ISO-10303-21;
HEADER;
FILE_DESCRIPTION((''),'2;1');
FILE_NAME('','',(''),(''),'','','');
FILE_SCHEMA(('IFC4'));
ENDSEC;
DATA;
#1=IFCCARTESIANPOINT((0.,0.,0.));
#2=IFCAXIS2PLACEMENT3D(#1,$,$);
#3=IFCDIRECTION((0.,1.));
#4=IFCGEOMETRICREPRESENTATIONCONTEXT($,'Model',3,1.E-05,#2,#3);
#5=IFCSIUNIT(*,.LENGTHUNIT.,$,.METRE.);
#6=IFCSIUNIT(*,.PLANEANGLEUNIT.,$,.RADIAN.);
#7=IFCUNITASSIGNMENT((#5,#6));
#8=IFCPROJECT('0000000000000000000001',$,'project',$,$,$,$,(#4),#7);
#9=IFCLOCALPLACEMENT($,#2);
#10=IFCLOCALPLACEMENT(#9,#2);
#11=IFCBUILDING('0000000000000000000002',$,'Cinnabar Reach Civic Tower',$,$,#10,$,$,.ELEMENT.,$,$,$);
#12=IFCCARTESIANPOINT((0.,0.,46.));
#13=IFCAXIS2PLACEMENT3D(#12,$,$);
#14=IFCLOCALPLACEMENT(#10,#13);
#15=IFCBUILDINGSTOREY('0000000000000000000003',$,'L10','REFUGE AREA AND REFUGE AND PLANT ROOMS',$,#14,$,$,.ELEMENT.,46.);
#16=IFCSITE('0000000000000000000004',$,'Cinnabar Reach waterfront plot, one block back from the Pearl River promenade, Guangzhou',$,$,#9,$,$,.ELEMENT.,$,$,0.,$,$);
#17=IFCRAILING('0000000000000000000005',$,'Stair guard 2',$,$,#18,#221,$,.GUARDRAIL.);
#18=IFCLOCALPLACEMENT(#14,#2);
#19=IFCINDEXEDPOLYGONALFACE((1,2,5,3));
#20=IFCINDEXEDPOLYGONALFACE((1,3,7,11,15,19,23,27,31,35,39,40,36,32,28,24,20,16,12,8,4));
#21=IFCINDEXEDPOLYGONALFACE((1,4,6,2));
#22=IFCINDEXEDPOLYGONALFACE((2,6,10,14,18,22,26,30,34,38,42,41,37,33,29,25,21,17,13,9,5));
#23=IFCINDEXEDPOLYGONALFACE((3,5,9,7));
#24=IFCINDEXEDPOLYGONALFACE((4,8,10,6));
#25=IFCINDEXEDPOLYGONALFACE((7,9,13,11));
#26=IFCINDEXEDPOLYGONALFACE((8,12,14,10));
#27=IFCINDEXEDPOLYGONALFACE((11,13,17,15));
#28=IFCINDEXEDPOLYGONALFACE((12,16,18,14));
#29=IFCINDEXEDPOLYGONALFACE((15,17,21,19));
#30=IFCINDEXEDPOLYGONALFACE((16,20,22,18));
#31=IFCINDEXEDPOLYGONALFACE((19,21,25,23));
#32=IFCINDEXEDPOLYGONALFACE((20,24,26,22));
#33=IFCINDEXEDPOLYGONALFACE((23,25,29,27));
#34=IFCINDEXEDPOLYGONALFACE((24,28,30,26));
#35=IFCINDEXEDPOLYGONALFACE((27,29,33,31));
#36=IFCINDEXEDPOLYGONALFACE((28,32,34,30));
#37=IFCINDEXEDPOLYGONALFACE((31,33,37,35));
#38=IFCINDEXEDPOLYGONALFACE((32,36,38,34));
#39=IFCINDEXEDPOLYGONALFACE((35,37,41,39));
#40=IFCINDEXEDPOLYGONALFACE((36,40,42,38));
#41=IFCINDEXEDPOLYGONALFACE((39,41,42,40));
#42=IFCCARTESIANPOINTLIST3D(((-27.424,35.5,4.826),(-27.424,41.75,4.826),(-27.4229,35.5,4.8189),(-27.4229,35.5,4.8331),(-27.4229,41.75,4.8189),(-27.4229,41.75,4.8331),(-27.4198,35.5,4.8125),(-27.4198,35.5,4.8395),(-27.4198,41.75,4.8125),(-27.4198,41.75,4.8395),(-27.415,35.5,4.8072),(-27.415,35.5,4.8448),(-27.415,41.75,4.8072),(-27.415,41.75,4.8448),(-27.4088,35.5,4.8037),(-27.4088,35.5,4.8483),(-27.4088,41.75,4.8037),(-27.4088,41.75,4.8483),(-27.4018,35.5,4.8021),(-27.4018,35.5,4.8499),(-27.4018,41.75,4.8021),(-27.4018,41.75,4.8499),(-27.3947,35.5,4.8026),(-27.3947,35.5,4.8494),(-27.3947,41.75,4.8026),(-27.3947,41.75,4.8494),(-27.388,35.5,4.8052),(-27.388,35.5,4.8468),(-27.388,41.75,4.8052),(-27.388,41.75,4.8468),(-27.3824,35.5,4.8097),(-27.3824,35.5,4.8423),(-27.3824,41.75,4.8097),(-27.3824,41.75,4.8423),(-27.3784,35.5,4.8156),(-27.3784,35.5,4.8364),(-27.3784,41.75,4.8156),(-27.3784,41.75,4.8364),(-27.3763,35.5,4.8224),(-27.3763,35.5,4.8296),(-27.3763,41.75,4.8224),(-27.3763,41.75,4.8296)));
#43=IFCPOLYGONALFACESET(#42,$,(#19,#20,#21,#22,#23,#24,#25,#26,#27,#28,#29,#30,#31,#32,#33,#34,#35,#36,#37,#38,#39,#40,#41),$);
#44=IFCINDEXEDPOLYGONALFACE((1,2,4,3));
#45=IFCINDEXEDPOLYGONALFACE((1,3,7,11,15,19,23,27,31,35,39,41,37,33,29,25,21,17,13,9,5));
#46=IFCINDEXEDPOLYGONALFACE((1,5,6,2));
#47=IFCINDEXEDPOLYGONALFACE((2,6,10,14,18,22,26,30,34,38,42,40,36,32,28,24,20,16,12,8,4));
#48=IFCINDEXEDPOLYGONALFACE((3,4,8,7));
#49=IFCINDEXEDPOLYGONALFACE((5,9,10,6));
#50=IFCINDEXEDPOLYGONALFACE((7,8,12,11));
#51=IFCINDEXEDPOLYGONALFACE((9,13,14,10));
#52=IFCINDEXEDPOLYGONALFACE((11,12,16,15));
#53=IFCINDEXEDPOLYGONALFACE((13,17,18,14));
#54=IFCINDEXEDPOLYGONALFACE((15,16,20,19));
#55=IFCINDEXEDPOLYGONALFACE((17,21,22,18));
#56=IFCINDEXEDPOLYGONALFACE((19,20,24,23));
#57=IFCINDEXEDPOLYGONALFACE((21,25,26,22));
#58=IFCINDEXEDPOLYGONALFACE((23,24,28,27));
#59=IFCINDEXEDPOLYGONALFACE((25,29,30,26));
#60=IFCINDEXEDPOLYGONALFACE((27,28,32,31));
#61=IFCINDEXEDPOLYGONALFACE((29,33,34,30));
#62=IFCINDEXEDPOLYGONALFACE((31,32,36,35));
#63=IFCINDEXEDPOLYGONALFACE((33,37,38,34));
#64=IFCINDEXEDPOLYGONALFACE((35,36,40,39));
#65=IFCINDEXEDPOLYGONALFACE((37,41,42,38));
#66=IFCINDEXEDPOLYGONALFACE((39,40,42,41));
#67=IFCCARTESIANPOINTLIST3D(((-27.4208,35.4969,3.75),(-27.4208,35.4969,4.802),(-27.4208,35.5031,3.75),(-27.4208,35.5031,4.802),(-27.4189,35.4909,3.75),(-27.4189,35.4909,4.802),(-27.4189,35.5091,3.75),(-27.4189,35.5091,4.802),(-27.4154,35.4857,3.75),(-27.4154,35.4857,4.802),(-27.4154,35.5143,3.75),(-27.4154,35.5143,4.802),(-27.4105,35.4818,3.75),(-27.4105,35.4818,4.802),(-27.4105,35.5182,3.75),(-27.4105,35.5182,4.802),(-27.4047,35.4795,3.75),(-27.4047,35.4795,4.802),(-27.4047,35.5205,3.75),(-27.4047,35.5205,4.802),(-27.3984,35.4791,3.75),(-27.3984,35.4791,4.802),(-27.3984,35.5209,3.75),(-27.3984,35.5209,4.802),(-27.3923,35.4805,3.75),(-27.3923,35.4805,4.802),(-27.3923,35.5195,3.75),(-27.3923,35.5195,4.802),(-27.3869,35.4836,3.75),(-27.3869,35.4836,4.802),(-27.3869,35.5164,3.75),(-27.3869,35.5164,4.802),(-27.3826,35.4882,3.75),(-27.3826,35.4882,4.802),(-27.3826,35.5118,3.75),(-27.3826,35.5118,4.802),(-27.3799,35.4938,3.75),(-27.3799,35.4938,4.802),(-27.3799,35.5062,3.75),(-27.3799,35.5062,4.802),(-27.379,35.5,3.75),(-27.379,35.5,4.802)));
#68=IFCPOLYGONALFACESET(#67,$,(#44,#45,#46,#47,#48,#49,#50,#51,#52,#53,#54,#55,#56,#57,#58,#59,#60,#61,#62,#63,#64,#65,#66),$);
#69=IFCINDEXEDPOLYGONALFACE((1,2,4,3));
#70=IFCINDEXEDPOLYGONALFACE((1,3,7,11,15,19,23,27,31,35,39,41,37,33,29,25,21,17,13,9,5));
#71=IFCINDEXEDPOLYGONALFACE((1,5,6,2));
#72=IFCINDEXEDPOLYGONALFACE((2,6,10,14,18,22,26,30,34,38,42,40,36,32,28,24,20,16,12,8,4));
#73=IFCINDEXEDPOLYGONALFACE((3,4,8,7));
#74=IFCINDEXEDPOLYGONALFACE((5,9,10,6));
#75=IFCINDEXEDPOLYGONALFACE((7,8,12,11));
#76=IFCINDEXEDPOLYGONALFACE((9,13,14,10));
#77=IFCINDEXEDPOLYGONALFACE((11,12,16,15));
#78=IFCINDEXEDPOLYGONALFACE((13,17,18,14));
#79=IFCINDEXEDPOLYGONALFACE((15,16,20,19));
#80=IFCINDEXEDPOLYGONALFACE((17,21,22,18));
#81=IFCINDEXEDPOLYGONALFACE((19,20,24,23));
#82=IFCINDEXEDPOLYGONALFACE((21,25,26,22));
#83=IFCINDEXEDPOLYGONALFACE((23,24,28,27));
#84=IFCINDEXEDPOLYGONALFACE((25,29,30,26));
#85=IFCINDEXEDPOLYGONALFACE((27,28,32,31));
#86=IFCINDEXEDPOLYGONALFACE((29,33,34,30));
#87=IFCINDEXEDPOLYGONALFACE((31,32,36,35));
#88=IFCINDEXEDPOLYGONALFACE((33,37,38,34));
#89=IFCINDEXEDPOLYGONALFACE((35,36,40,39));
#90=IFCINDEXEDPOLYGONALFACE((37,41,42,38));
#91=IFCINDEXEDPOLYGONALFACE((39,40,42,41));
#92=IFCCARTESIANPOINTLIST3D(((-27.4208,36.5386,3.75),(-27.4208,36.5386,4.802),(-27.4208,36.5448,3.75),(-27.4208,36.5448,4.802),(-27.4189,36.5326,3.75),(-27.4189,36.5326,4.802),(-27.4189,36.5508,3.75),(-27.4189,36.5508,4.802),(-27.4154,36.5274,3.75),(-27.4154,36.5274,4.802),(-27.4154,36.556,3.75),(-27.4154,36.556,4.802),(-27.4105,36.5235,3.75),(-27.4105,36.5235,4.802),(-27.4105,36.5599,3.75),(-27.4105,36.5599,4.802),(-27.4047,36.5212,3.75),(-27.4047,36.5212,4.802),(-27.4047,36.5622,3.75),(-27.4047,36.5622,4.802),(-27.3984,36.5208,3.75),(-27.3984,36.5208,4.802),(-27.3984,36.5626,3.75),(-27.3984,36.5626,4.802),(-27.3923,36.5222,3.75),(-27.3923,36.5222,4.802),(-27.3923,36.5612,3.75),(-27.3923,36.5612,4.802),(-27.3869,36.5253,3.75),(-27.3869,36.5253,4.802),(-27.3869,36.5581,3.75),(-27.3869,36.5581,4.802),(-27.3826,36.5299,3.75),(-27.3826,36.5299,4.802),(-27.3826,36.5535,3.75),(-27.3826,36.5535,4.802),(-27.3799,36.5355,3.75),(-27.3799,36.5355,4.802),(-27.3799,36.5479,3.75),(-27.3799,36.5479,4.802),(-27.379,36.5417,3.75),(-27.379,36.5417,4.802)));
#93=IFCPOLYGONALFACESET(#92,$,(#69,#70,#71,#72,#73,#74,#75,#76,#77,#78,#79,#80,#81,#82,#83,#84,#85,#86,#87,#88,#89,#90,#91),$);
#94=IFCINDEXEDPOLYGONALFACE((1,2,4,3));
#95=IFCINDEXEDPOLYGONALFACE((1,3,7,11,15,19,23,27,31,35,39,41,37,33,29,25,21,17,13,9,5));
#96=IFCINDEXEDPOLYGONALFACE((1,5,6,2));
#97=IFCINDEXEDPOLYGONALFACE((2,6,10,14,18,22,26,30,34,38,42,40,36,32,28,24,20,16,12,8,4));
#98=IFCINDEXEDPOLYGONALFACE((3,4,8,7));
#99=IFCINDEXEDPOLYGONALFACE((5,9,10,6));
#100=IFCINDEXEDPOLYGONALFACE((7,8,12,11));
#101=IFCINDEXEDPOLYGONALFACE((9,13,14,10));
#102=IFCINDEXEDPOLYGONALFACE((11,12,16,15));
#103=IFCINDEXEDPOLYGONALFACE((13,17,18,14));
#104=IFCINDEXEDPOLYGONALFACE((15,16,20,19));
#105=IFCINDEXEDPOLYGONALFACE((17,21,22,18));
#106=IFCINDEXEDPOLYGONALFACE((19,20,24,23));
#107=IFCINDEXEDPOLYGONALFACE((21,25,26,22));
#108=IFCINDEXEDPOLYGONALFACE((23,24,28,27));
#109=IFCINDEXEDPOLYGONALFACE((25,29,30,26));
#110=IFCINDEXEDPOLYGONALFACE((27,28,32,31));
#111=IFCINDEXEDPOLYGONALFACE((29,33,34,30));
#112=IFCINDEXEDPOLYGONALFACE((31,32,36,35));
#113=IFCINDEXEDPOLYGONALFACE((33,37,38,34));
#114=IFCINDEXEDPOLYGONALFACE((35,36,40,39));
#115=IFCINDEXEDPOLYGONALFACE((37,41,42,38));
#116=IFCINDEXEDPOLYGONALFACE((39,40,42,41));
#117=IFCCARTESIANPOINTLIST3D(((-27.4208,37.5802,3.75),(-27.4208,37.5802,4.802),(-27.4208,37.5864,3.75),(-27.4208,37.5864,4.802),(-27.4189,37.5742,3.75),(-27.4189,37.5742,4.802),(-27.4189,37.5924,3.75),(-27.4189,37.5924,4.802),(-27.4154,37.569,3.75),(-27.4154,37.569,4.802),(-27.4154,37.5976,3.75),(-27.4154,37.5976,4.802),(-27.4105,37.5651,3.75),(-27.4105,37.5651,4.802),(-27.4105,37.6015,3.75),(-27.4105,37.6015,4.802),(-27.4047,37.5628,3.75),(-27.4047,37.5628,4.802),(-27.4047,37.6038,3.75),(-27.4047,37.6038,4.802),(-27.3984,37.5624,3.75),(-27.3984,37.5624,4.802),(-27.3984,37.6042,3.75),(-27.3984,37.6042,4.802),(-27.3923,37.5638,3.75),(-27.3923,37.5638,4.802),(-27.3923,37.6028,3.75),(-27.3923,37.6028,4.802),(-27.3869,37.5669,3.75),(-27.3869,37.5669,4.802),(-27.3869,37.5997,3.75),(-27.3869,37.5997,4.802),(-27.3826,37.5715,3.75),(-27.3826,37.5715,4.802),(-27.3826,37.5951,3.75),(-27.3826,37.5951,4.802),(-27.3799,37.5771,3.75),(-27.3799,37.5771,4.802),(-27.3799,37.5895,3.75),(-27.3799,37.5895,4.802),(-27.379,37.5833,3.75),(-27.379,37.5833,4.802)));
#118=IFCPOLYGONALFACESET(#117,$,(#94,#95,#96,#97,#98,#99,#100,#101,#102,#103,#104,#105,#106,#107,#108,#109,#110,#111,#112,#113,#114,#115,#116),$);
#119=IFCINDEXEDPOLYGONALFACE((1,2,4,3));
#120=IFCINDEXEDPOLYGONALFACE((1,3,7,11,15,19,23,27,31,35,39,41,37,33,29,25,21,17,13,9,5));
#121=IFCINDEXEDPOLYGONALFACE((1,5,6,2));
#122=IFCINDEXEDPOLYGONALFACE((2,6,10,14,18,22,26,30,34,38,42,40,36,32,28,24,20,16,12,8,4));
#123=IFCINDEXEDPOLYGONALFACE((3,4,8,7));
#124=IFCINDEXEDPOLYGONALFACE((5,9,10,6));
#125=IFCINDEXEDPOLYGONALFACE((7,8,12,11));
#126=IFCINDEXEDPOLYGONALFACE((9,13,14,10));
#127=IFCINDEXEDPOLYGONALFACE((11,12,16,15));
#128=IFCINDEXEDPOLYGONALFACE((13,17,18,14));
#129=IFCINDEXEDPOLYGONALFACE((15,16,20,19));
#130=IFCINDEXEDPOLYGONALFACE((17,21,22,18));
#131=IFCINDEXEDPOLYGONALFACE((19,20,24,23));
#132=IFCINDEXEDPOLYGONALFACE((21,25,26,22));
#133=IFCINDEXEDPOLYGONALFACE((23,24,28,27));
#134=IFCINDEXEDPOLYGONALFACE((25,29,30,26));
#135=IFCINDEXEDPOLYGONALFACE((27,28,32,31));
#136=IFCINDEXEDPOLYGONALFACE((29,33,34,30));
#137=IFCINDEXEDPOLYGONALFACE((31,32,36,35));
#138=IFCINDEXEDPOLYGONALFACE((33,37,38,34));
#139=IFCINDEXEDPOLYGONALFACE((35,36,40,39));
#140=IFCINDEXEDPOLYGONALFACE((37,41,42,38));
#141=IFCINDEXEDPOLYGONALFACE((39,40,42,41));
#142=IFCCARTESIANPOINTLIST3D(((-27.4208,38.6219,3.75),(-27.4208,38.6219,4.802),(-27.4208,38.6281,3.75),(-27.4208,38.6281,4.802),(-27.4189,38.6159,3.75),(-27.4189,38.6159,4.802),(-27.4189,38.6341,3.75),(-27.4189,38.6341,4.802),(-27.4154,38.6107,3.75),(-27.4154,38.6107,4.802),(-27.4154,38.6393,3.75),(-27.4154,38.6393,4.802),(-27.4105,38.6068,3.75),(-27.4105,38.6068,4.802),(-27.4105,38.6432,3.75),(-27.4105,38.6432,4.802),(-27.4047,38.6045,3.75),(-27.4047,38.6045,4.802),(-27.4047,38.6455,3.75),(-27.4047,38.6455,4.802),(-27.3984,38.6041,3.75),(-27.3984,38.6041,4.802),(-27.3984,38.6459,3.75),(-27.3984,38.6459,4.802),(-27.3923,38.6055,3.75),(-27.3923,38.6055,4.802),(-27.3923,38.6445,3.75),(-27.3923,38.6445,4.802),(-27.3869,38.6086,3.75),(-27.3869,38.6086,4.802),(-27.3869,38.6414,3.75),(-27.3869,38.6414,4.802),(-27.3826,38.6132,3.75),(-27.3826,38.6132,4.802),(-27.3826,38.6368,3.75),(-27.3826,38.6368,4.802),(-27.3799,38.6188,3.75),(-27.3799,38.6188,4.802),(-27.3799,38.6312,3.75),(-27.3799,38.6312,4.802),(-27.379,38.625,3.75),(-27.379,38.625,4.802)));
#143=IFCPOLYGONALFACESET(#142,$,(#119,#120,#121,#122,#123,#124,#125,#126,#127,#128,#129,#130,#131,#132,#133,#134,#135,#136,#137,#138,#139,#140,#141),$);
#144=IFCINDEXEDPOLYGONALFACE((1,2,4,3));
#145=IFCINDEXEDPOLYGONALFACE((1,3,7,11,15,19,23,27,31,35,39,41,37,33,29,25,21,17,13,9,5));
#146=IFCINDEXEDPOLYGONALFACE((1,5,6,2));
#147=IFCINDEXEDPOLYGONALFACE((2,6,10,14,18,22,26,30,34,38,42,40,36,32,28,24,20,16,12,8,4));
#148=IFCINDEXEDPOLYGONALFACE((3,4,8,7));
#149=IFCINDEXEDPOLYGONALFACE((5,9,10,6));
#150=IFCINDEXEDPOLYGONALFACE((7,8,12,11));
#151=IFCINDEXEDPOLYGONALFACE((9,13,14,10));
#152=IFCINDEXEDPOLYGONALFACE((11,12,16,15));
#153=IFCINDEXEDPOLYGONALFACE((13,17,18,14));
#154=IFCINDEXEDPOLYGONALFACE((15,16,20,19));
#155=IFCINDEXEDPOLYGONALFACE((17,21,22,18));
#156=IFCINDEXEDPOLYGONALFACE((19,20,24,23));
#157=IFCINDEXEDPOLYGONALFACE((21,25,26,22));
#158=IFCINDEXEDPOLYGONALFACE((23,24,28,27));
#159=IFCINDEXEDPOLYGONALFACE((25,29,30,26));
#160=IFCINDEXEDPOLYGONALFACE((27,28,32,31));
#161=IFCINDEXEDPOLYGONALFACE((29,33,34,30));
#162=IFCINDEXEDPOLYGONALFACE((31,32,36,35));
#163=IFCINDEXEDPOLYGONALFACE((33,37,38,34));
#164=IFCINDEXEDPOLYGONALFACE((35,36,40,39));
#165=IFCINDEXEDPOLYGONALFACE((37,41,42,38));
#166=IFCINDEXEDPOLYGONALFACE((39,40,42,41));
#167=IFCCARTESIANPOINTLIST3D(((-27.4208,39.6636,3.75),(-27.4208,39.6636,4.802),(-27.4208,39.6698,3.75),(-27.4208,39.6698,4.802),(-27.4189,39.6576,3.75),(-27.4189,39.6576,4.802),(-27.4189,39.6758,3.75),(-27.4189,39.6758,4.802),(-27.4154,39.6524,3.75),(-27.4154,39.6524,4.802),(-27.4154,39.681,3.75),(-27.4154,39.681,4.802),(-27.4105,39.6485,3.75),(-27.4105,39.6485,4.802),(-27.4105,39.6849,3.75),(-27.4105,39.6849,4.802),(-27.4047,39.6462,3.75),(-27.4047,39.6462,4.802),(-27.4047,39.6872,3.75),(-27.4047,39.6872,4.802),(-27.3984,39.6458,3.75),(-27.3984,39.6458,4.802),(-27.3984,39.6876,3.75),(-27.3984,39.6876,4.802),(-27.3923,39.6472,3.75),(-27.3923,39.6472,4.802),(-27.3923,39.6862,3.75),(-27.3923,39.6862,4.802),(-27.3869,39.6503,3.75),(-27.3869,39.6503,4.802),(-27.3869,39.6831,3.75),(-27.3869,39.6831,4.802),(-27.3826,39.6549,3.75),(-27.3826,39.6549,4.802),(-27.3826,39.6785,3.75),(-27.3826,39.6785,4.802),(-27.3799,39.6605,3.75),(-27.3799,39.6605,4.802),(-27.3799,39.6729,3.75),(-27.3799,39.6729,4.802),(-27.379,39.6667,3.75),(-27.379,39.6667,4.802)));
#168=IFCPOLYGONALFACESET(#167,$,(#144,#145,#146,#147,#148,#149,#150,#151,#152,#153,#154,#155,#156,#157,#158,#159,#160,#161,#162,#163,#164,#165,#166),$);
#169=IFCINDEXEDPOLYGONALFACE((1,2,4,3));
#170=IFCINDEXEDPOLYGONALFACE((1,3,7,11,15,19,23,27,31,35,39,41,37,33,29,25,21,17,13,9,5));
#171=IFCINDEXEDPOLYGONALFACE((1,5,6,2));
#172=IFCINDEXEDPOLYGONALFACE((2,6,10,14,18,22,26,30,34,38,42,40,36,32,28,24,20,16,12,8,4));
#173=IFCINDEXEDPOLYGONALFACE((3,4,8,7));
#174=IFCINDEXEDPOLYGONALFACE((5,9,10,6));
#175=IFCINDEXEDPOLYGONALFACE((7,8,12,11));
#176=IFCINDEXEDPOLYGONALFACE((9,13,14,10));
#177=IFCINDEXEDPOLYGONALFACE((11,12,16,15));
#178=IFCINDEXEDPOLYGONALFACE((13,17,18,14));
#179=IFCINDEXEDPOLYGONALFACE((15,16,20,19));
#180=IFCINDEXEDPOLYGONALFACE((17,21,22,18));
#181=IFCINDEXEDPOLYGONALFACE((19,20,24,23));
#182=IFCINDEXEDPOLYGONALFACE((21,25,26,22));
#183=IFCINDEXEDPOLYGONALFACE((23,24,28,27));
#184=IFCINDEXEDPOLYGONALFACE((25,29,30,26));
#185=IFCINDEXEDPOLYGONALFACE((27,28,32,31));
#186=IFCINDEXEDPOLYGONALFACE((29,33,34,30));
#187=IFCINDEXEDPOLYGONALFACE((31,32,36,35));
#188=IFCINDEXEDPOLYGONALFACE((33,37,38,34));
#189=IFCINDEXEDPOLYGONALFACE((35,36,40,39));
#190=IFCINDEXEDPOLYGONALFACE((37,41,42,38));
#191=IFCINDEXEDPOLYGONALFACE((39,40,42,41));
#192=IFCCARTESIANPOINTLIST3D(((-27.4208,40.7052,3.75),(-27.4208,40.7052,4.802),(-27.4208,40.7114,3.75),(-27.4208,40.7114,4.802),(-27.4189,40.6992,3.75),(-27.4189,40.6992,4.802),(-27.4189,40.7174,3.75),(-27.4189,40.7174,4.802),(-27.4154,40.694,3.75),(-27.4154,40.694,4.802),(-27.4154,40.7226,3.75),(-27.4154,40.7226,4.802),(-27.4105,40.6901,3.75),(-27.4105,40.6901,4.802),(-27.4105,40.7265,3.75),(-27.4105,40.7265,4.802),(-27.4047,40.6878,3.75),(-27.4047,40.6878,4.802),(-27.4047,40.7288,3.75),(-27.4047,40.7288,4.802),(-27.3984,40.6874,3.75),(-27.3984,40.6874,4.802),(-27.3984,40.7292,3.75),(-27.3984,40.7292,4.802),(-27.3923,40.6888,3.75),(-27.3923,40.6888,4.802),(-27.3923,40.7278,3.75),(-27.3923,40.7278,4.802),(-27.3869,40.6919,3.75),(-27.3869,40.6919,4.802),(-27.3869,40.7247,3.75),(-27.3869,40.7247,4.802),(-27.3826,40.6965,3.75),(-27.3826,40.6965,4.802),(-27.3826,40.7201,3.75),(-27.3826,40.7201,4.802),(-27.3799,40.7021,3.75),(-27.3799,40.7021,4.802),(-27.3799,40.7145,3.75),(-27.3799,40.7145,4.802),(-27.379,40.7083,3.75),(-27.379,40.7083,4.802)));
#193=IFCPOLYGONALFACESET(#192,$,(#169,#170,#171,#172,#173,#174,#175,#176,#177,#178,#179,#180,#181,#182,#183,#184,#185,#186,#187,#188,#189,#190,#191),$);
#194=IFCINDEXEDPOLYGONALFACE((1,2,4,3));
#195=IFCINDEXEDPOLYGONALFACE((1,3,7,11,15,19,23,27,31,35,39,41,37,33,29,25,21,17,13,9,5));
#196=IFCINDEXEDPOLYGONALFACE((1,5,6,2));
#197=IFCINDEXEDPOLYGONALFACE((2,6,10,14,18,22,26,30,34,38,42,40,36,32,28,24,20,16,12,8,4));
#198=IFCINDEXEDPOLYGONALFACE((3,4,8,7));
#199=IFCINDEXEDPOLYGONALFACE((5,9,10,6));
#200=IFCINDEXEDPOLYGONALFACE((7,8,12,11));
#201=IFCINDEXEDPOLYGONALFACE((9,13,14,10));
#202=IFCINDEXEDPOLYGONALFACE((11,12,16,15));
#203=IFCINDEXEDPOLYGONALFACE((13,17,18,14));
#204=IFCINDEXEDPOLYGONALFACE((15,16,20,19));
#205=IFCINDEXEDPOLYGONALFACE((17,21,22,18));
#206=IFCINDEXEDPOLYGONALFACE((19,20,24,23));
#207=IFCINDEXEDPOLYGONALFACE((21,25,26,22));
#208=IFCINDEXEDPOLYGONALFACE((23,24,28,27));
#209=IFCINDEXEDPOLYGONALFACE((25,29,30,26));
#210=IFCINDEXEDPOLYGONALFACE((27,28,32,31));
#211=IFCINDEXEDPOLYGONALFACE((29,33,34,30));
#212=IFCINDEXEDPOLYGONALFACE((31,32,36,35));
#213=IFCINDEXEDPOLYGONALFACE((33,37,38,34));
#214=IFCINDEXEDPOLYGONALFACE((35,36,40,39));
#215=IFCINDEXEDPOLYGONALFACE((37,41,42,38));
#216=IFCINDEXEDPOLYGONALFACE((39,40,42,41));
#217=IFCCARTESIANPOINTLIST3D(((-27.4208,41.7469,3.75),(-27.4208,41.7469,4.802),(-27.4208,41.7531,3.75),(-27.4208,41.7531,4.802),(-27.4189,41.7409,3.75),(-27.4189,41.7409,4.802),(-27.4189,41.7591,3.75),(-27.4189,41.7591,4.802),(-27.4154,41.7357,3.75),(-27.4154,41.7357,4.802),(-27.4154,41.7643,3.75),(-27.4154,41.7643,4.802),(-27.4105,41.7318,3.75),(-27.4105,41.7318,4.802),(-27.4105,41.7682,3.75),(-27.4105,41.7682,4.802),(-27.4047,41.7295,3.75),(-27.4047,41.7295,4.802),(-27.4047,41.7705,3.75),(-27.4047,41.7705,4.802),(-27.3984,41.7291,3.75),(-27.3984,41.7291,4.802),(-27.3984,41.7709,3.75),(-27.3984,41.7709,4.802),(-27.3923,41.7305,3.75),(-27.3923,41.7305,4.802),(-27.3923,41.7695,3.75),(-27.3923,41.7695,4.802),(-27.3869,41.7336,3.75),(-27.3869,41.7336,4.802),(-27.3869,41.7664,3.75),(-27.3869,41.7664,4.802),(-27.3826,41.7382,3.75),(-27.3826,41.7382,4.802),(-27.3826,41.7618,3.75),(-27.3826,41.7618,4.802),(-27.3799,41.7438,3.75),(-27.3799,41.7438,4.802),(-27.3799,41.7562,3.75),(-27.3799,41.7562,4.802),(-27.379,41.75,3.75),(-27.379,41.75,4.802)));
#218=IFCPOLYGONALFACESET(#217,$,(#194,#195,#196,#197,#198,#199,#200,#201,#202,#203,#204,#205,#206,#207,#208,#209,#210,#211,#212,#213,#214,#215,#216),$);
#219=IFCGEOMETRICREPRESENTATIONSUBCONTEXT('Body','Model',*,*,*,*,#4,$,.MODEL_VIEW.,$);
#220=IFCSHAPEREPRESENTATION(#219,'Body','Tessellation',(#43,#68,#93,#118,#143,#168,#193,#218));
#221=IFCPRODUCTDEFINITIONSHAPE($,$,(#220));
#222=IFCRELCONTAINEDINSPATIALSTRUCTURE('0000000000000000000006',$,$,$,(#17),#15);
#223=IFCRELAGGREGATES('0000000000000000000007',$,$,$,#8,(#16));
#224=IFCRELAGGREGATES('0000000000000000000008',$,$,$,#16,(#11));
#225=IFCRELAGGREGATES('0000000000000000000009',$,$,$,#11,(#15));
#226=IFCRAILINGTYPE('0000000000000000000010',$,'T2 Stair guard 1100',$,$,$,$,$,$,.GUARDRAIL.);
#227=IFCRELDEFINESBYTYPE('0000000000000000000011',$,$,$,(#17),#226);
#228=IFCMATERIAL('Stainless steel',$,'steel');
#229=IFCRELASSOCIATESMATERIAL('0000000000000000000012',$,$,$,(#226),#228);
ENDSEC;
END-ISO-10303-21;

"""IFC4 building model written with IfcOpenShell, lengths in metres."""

from ifc_helpers import new_model, si_unit, direction, frame, origin, origin_2d, place, context, subcontext, project, spatial, circle, extrude, material, type_object, element, save


model = new_model("IFC4")

# Units and contexts
model_context = context("Model", 3, precision=1e-05, world=origin(), true_north=direction((0.0, 1.0)))
body_context = subcontext(model_context, "Body", "Model", "MODEL_VIEW")
ifc_project = project(units=[si_unit("LENGTHUNIT", "METRE"), si_unit("PLANEANGLEUNIT", "RADIAN")], contexts=[model_context])

# Site, building, storey
site_placement = place(None, origin())
site = spatial("IfcSite", under=ifc_project, at=site_placement, Name="Cinnabar Reach waterfront plot, one block back from the Pearl River promenade, Guangzhou", CompositionType="ELEMENT", RefElevation=0.0)
building_placement = place(site_placement, origin())
building = spatial("IfcBuilding", under=site, at=building_placement, Name="Cinnabar Reach Civic Tower", CompositionType="ELEMENT")
storey_placement = place(building_placement, frame((0.0, 0.0, 46.0)))
storey = spatial("IfcBuildingStorey", under=building, at=storey_placement, Name="L10", Description="REFUGE AREA AND REFUGE AND PLANT ROOMS", CompositionType="ELEMENT", Elevation=46.0)

# Railing
ifc_material_1 = material(Name="Stainless steel", Category="steel")
railing_type = type_object("IfcRailingType", Name="T2 Stair guard 1100", PredefinedType="GUARDRAIL", material=ifc_material_1)
for number, where, name in (
    (1, (-27.4, 35.5, 3.75), "Stair guard 2"),
):
    element("IfcRailing", number, at=place(storey_placement, frame(where)), inside=storey, type_object=railing_type, Name=name, PredefinedType="GUARDRAIL", context=body_context, shape_type="SweptSolid", body=[
        extrude(circle(Radius=0.024, at=origin_2d()), frame((0.0, 0.0, 1.076), z_axis=(0.0, 1.0, 0.0), x_axis=(-1.0, 0.0, 0.0)), (0.0, 0.0, 1.0), 6.25),
        extrude(circle(Radius=0.021, at=origin_2d()), origin(), (0.0, 0.0, 1.0), 1.052),
        extrude(circle(Radius=0.021, at=origin_2d()), frame((0.0, 1.0417, 0.0)), (0.0, 0.0, 1.0), 1.052),
        extrude(circle(Radius=0.021, at=origin_2d()), frame((0.0, 2.0833, 0.0)), (0.0, 0.0, 1.0), 1.052),
        extrude(circle(Radius=0.021, at=origin_2d()), frame((0.0, 3.125, 0.0)), (0.0, 0.0, 1.0), 1.052),
        extrude(circle(Radius=0.021, at=origin_2d()), frame((0.0, 4.1667, 0.0)), (0.0, 0.0, 1.0), 1.052),
        extrude(circle(Radius=0.021, at=origin_2d()), frame((0.0, 5.2083, 0.0)), (0.0, 0.0, 1.0), 1.052),
        extrude(circle(Radius=0.021, at=origin_2d()), frame((0.0, 6.25, 0.0)), (0.0, 0.0, 1.0), 1.052),
    ])

save(model, "model.ifc")
